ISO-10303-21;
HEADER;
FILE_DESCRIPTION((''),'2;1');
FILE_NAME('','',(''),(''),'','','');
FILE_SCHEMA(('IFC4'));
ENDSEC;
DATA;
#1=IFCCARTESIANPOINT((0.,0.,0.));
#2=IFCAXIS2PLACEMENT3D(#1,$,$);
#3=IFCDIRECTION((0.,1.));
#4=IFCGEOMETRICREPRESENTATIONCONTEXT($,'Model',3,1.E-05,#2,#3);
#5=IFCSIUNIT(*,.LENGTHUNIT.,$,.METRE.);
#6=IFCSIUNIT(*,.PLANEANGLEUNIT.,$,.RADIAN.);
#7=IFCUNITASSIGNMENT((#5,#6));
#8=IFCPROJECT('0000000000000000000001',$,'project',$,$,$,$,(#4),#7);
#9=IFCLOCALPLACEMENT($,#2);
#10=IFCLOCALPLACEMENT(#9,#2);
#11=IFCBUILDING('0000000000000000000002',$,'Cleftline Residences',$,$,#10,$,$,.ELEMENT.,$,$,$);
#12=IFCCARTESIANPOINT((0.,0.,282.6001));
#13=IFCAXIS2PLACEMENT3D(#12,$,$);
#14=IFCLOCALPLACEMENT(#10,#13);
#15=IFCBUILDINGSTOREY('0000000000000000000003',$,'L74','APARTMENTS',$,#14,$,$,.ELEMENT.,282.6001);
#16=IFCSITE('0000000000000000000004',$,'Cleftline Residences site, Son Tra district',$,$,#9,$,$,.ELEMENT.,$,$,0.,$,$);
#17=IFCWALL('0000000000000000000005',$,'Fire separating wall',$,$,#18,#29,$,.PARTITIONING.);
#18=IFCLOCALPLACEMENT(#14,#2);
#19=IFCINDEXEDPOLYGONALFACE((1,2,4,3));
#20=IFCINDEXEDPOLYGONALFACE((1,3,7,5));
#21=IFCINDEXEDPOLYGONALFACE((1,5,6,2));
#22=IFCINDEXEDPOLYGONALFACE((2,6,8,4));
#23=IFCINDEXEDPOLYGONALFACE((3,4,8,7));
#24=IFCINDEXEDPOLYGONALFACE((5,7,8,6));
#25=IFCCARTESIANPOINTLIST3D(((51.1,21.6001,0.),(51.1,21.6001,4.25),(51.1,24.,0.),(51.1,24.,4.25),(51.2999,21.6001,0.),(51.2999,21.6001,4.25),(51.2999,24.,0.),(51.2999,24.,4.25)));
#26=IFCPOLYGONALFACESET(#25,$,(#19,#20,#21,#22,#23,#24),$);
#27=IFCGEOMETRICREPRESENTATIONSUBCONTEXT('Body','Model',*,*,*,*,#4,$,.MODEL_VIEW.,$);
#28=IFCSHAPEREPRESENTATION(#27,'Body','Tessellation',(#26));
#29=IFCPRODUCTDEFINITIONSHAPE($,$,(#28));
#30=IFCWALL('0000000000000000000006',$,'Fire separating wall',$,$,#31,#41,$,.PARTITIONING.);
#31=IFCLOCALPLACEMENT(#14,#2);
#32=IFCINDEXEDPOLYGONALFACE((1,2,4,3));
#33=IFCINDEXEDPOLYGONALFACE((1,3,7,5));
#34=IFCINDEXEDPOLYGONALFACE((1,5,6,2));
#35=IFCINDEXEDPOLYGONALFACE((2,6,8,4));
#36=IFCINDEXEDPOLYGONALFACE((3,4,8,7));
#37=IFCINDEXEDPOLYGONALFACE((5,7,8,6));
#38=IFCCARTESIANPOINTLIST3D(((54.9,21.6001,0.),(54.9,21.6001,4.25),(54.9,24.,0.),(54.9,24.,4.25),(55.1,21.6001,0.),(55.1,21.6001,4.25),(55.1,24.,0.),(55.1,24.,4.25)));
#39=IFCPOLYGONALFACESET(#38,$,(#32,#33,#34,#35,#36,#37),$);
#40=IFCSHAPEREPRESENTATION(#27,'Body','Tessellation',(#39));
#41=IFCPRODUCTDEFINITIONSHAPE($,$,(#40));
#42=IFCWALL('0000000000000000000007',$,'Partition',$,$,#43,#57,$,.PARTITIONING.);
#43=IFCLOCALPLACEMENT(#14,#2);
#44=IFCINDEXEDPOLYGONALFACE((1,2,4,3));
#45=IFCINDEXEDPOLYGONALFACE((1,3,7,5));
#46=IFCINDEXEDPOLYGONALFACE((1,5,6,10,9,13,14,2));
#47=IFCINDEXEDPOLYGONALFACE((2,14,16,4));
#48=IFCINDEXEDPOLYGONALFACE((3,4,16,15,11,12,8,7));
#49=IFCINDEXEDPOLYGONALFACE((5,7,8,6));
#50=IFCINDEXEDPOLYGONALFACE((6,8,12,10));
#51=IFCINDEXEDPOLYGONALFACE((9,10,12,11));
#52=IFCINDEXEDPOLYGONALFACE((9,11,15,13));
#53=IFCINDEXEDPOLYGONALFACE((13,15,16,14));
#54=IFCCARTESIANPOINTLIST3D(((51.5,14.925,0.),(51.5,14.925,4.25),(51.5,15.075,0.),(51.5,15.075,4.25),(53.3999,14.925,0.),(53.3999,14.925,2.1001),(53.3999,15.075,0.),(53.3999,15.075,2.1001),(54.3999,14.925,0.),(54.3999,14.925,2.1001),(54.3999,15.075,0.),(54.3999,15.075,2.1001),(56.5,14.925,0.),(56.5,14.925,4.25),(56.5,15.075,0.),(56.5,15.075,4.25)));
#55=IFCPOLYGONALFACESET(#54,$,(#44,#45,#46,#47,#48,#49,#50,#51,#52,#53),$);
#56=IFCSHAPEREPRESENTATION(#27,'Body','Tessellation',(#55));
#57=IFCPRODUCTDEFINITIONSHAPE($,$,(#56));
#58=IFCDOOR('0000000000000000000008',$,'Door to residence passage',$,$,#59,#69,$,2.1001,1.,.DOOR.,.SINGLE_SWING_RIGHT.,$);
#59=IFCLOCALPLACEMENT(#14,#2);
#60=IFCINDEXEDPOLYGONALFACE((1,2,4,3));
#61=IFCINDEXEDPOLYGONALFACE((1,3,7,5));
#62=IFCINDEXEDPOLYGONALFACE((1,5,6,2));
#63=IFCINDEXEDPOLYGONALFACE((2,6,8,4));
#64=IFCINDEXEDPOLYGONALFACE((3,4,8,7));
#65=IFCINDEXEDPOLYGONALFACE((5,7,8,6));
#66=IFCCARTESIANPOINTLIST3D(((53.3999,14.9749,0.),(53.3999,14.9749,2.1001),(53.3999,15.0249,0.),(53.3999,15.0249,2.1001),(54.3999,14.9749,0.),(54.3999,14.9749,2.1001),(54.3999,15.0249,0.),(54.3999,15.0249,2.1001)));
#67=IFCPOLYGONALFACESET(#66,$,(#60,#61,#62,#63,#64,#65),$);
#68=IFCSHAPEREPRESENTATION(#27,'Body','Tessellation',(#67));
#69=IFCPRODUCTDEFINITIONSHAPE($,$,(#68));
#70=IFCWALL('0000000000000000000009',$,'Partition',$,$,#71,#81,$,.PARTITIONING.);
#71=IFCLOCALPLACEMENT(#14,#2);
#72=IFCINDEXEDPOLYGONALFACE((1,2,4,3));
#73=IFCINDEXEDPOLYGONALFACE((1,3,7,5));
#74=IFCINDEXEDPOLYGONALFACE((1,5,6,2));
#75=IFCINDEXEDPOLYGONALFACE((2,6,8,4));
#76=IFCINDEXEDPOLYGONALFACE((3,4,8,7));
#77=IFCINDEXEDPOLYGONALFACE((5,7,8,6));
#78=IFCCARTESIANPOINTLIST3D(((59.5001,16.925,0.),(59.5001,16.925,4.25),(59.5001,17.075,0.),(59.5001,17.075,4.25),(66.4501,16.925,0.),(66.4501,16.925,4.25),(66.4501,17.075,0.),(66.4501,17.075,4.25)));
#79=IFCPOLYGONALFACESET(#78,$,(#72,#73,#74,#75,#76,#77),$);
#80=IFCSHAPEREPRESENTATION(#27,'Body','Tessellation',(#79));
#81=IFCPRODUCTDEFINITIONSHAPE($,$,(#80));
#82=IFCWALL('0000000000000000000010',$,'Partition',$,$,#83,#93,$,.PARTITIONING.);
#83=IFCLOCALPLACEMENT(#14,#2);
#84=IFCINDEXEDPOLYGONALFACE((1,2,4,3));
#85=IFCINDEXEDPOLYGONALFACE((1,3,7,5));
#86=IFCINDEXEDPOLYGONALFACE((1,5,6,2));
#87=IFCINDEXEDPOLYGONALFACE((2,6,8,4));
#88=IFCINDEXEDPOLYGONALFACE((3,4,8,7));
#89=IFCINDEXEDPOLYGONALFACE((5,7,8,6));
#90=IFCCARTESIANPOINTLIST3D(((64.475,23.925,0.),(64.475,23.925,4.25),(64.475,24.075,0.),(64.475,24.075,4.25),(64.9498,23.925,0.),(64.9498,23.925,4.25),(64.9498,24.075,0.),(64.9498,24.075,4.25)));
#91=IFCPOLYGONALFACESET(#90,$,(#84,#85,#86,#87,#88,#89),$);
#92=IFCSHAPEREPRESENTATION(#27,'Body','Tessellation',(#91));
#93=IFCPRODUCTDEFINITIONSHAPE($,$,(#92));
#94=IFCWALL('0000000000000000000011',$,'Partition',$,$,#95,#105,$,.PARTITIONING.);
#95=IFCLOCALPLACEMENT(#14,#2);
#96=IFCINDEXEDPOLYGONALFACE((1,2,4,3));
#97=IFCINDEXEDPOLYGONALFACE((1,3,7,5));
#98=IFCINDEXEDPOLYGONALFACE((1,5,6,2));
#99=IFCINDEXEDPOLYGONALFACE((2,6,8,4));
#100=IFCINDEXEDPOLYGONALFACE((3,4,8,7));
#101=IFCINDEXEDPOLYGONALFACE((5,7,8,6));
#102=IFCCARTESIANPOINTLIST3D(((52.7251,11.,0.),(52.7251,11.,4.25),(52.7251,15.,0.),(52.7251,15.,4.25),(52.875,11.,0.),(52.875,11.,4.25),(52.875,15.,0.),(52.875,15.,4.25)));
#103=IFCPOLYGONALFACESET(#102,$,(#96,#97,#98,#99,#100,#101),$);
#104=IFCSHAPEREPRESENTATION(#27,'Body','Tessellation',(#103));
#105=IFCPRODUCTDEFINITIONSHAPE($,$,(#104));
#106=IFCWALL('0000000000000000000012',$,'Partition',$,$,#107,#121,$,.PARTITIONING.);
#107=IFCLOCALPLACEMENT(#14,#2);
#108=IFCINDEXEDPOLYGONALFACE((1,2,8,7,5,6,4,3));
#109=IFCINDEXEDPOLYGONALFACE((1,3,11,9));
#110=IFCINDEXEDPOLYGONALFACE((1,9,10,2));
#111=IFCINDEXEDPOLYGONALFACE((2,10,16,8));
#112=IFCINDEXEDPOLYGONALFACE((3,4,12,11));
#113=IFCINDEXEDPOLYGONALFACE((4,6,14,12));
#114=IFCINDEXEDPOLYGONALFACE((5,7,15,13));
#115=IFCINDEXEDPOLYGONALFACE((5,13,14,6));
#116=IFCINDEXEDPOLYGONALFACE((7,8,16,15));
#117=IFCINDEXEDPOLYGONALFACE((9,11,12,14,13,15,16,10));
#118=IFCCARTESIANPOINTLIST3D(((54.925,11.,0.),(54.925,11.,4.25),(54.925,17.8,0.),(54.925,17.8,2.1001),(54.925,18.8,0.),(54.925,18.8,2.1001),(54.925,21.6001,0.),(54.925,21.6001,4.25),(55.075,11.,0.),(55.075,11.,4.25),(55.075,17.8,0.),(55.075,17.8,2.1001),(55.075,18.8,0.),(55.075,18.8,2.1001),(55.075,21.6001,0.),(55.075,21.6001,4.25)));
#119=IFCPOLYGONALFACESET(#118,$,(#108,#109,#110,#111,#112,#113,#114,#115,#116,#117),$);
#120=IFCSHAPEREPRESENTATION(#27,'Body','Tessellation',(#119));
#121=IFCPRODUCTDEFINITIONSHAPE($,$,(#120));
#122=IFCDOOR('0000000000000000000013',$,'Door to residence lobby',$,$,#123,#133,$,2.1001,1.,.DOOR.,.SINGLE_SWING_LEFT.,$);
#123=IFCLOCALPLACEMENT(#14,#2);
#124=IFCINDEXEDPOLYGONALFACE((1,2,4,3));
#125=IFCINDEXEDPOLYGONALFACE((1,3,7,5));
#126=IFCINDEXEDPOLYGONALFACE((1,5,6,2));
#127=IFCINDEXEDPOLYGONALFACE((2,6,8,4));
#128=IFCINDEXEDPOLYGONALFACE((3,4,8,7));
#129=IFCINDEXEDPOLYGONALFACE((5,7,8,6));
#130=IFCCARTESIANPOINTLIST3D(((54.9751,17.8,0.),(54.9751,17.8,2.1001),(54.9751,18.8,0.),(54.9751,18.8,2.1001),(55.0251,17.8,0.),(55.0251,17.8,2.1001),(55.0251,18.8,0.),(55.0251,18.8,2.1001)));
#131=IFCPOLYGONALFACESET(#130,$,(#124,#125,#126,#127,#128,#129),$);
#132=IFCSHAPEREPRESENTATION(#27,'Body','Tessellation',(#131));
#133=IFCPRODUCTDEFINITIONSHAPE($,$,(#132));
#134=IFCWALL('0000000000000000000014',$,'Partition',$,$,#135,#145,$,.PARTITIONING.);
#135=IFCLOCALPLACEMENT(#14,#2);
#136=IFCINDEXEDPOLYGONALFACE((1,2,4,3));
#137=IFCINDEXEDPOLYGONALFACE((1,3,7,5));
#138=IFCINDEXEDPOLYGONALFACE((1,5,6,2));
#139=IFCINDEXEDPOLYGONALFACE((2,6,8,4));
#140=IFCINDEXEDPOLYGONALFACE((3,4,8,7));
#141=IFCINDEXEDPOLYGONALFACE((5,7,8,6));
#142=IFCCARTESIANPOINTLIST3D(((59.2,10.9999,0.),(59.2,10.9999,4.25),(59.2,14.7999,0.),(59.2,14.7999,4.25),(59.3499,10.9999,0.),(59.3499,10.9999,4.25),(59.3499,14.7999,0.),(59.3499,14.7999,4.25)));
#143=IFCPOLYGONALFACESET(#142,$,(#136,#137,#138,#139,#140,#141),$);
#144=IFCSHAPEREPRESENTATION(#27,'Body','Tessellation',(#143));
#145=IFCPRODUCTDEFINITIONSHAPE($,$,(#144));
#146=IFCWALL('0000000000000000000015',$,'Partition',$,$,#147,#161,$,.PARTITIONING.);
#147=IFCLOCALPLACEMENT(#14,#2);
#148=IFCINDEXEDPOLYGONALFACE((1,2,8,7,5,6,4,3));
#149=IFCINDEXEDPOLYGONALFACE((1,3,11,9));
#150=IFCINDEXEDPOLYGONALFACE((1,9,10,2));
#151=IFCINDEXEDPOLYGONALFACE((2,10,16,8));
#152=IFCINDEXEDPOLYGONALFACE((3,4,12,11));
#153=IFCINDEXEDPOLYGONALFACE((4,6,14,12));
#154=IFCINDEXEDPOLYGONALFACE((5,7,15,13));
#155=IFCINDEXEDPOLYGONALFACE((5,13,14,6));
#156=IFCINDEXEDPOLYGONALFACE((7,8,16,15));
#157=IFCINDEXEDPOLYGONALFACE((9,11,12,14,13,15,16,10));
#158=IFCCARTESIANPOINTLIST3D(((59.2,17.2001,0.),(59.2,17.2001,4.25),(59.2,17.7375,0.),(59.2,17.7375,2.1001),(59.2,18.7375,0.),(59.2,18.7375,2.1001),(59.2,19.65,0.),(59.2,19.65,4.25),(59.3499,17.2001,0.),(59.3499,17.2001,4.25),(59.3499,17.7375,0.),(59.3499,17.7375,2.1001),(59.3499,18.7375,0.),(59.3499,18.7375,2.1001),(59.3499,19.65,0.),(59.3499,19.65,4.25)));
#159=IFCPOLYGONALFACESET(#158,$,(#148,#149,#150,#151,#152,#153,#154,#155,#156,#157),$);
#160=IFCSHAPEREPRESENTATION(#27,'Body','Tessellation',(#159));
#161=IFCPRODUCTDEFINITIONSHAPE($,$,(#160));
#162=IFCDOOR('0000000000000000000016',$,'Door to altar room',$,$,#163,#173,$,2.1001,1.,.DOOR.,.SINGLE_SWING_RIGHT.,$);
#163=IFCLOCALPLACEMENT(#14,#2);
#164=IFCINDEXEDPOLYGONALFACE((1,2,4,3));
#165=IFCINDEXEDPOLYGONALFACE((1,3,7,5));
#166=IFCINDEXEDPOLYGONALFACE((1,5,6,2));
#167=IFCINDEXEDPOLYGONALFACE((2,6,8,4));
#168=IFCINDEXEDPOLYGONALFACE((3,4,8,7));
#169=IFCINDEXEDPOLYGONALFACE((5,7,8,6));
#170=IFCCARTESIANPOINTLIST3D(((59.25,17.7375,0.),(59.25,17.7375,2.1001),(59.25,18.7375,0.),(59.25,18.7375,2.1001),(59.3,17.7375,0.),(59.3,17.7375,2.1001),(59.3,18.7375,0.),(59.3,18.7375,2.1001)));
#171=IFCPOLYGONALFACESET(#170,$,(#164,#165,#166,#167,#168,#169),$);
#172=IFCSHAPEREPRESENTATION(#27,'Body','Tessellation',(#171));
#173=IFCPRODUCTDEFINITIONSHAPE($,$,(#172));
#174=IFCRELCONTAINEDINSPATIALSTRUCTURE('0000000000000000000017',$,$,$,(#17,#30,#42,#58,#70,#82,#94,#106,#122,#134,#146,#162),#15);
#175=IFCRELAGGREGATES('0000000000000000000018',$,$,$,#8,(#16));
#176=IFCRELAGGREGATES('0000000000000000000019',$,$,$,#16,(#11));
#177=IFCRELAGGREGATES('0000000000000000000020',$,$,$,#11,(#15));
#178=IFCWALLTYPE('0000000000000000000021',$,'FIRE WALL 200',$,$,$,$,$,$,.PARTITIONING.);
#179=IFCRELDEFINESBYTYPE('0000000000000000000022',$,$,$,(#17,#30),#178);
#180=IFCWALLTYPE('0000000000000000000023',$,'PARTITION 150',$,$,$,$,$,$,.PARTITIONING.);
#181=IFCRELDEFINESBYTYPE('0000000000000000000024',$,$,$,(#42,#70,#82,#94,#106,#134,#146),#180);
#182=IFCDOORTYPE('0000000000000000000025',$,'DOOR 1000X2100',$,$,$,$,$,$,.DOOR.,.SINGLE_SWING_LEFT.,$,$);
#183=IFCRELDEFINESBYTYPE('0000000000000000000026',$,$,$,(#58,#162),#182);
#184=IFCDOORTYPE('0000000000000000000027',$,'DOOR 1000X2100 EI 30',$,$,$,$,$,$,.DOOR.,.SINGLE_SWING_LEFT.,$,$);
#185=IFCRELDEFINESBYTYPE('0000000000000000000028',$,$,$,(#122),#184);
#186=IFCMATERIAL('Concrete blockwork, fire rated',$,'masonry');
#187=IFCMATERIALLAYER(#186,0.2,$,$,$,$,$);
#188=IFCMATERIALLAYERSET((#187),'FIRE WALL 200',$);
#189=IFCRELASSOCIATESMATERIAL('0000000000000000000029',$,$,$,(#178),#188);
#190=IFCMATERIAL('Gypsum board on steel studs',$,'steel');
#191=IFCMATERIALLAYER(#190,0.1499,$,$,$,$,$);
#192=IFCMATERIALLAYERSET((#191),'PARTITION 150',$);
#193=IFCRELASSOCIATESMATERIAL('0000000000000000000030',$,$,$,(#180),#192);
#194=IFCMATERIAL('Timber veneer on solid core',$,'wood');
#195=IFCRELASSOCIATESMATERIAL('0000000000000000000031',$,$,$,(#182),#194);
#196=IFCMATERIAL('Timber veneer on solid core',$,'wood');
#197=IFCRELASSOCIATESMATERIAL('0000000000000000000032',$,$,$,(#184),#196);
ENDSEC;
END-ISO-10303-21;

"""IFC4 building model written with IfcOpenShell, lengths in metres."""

from ifc_helpers import new_model, si_unit, direction, frame, frame_2d, origin, place, context, subcontext, project, spatial, rectangle, extrude, material, layer, layer_set, type_object, element, fill, save


model = new_model("IFC4")

# Units and contexts
model_context = context("Model", 3, precision=1e-05, world=origin(), true_north=direction((0.0, 1.0)))
body_context = subcontext(model_context, "Body", "Model", "MODEL_VIEW")
ifc_project = project(units=[si_unit("LENGTHUNIT", "METRE"), si_unit("PLANEANGLEUNIT", "RADIAN")], contexts=[model_context])

# Site, building, storey
site_placement = place(None, origin())
site = spatial("IfcSite", under=ifc_project, at=site_placement, Name="Cleftline Residences site, Son Tra district", CompositionType="ELEMENT", RefElevation=0.0)
building_placement = place(site_placement, origin())
building = spatial("IfcBuilding", under=site, at=building_placement, Name="Cleftline Residences", CompositionType="ELEMENT")
storey_placement = place(building_placement, frame((0.0, 0.0, 282.6001)))
storey = spatial("IfcBuildingStorey", under=building, at=storey_placement, Name="L74", Description="APARTMENTS", CompositionType="ELEMENT", Elevation=282.6001)

# Walls
ifc_material_1 = material(Name="Concrete blockwork, fire rated", Category="masonry")
ifc_layer_1 = layer(ifc_material_1, 0.2)
ifc_layer_set_1 = layer_set([ifc_layer_1], Name="FIRE WALL 200")
wall_type_1 = type_object("IfcWallType", Name="FIRE WALL 200", PredefinedType="PARTITIONING", material=ifc_layer_set_1)
for number, where, z_axis, x_axis, name in (
    (1, (51.2, 21.6001, 0.0), (0.0, 0.0, 1.0), (0.0, 1.0, 0.0), "Fire separating wall"),
    (2, (55.0, 21.6001, 0.0), (0.0, 0.0, 1.0), (0.0, 1.0, 0.0), "Fire separating wall"),
):
    element("IfcWall", number, at=place(storey_placement, frame(where, z_axis=z_axis, x_axis=x_axis)), inside=storey, type_object=wall_type_1, Name=name, PredefinedType="PARTITIONING", context=body_context, shape_type="SweptSolid", body=[
        extrude(rectangle(XDim=2.3999, YDim=0.2, at=frame_2d((1.2, 0.0))), origin(), (0.0, 0.0, 1.0), 4.25),
    ])

# Wall, opening, door
ifc_material_2 = material(Name="Gypsum board on steel studs", Category="steel")
ifc_layer_2 = layer(ifc_material_2, 0.1499)
ifc_layer_set_2 = layer_set([ifc_layer_2], Name="PARTITION 150")
wall_type_2 = type_object("IfcWallType", Name="PARTITION 150", PredefinedType="PARTITIONING", material=ifc_layer_set_2)
wall_1_placement = place(storey_placement, frame((51.5, 15.0, 0.0), z_axis=(0.0, 0.0, 1.0), x_axis=(1.0, 0.0, 0.0)))
wall_1 = element("IfcWall", 3, at=wall_1_placement, inside=storey, type_object=wall_type_2, Name="Partition", PredefinedType="PARTITIONING", context=body_context, shape_type="SweptSolid", body=[
    extrude(rectangle(XDim=5.0, YDim=0.1499, at=frame_2d((2.5, 0.0))), origin(), (0.0, 0.0, 1.0), 4.25),
])
opening_1_placement = place(wall_1_placement, frame((1.8999, 0.0, 0.0)))
opening_1 = element("IfcOpeningElement", 4, at=opening_1_placement, cuts=wall_1, PredefinedType="OPENING", context=body_context, shape_type="SweptSolid", body=[
    extrude(rectangle(XDim=1.0, YDim=2.1001, at=frame_2d((0.5, 1.05))), frame((0.0, 0.085, 0.0), z_axis=(0.0, -1.0, 0.0), x_axis=(1.0, 0.0, 0.0)), (0.0, 0.0, 1.0), 0.1699),
])
ifc_material_3 = material(Name="Timber veneer on solid core", Category="wood")
door_type_1 = type_object("IfcDoorType", Name="DOOR 1000X2100", OperationType="SINGLE_SWING_LEFT", PredefinedType="DOOR", material=ifc_material_3)
door_1_placement = place(opening_1_placement, origin())
door_1 = element("IfcDoor", 5, at=door_1_placement, inside=storey, type_object=door_type_1, Name="Door to residence passage", OperationType="SINGLE_SWING_RIGHT", OverallHeight=2.1001, OverallWidth=1.0, PredefinedType="DOOR", context=body_context, shape_type="SweptSolid", body=[
    extrude(rectangle(XDim=1.0, YDim=2.1001, at=frame_2d((0.5, 1.05))), frame((0.0, 0.0249, 0.0), z_axis=(0.0, -1.0, 0.0), x_axis=(1.0, 0.0, 0.0)), (0.0, 0.0, 1.0), 0.05),
])
fill(opening_1, door_1)

# Walls
wall_2_placement = place(storey_placement, frame((59.5, 17.0, 0.0), z_axis=(0.0, 0.0, 1.0), x_axis=(1.0, 0.0, 0.0)))
element("IfcWall", 6, at=wall_2_placement, inside=storey, type_object=wall_type_2, Name="Partition", PredefinedType="PARTITIONING", context=body_context, shape_type="SweptSolid", body=[
    extrude(rectangle(XDim=6.95, YDim=0.1499, at=frame_2d((3.4751, 0.0))), origin(), (0.0, 0.0, 1.0), 4.25),
])
wall_3_placement = place(storey_placement, frame((64.4751, 24.0, 0.0), z_axis=(0.0, 0.0, 1.0), x_axis=(1.0, 0.0, 0.0)))
element("IfcWall", 7, at=wall_3_placement, inside=storey, type_object=wall_type_2, Name="Partition", PredefinedType="PARTITIONING", context=body_context, shape_type="SweptSolid", body=[
    extrude(rectangle(XDim=0.4749, YDim=0.1499, at=frame_2d((0.2373, 0.0))), origin(), (0.0, 0.0, 1.0), 4.25),
])
wall_4_placement = place(storey_placement, frame((52.8, 11.0, 0.0), z_axis=(0.0, 0.0, 1.0), x_axis=(0.0, 1.0, 0.0)))
element("IfcWall", 8, at=wall_4_placement, inside=storey, type_object=wall_type_2, Name="Partition", PredefinedType="PARTITIONING", context=body_context, shape_type="SweptSolid", body=[
    extrude(rectangle(XDim=4.0, YDim=0.1499, at=frame_2d((2.0, 0.0))), origin(), (0.0, 0.0, 1.0), 4.25),
])

# Wall, opening, door
wall_5_placement = place(storey_placement, frame((55.0, 11.0, 0.0), z_axis=(0.0, 0.0, 1.0), x_axis=(0.0, 1.0, 0.0)))
wall_5 = element("IfcWall", 9, at=wall_5_placement, inside=storey, type_object=wall_type_2, Name="Partition", PredefinedType="PARTITIONING", context=body_context, shape_type="SweptSolid", body=[
    extrude(rectangle(XDim=10.6001, YDim=0.1499, at=frame_2d((5.3, 0.0))), origin(), (0.0, 0.0, 1.0), 4.25),
])
opening_2_placement = place(wall_5_placement, frame((6.8, 0.0, 0.0)))
opening_2 = element("IfcOpeningElement", 10, at=opening_2_placement, cuts=wall_5, PredefinedType="OPENING", context=body_context, shape_type="SweptSolid", body=[
    extrude(rectangle(XDim=1.0, YDim=2.1001, at=frame_2d((0.5, 1.05))), frame((0.0, 0.085, 0.0), z_axis=(0.0, -1.0, 0.0), x_axis=(1.0, 0.0, 0.0)), (0.0, 0.0, 1.0), 0.1699),
])
ifc_material_4 = material(Name="Timber veneer on solid core", Category="wood")
door_type_2 = type_object("IfcDoorType", Name="DOOR 1000X2100 EI 30", OperationType="SINGLE_SWING_LEFT", PredefinedType="DOOR", material=ifc_material_4)
door_2_placement = place(opening_2_placement, origin())
door_2 = element("IfcDoor", 11, at=door_2_placement, inside=storey, type_object=door_type_2, Name="Door to residence lobby", OperationType="SINGLE_SWING_LEFT", OverallHeight=2.1001, OverallWidth=1.0, PredefinedType="DOOR", context=body_context, shape_type="SweptSolid", body=[
    extrude(rectangle(XDim=1.0, YDim=2.1001, at=frame_2d((0.5, 1.05))), frame((0.0, 0.0249, 0.0), z_axis=(0.0, -1.0, 0.0), x_axis=(1.0, 0.0, 0.0)), (0.0, 0.0, 1.0), 0.05),
])
fill(opening_2, door_2)

# Wall
wall_6_placement = place(storey_placement, frame((59.2749, 11.0, 0.0), z_axis=(0.0, 0.0, 1.0), x_axis=(0.0, 1.0, 0.0)))
element("IfcWall", 12, at=wall_6_placement, inside=storey, type_object=wall_type_2, Name="Partition", PredefinedType="PARTITIONING", context=body_context, shape_type="SweptSolid", body=[
    extrude(rectangle(XDim=3.8, YDim=0.1499, at=frame_2d((1.8999, 0.0))), origin(), (0.0, 0.0, 1.0), 4.25),
])

# Wall, opening, door
wall_7_placement = place(storey_placement, frame((59.2749, 17.2, 0.0), z_axis=(0.0, 0.0, 1.0), x_axis=(0.0, 1.0, 0.0)))
wall_7 = element("IfcWall", 13, at=wall_7_placement, inside=storey, type_object=wall_type_2, Name="Partition", PredefinedType="PARTITIONING", context=body_context, shape_type="SweptSolid", body=[
    extrude(rectangle(XDim=2.45, YDim=0.1499, at=frame_2d((1.2251, 0.0))), origin(), (0.0, 0.0, 1.0), 4.25),
])
opening_3_placement = place(wall_7_placement, frame((0.5376, 0.0, 0.0)))
opening_3 = element("IfcOpeningElement", 14, at=opening_3_placement, cuts=wall_7, PredefinedType="OPENING", context=body_context, shape_type="SweptSolid", body=[
    extrude(rectangle(XDim=1.0, YDim=2.1001, at=frame_2d((0.5, 1.05))), frame((0.0, 0.085, 0.0), z_axis=(0.0, -1.0, 0.0), x_axis=(1.0, 0.0, 0.0)), (0.0, 0.0, 1.0), 0.1699),
])
door_3_placement = place(opening_3_placement, origin())
door_3 = element("IfcDoor", 15, at=door_3_placement, inside=storey, type_object=door_type_1, Name="Door to altar room", OperationType="SINGLE_SWING_RIGHT", OverallHeight=2.1001, OverallWidth=1.0, PredefinedType="DOOR", context=body_context, shape_type="SweptSolid", body=[
    extrude(rectangle(XDim=1.0, YDim=2.1001, at=frame_2d((0.5, 1.05))), frame((0.0, 0.0249, 0.0), z_axis=(0.0, -1.0, 0.0), x_axis=(1.0, 0.0, 0.0)), (0.0, 0.0, 1.0), 0.05),
])
fill(opening_3, door_3)

save(model, "model.ifc")
